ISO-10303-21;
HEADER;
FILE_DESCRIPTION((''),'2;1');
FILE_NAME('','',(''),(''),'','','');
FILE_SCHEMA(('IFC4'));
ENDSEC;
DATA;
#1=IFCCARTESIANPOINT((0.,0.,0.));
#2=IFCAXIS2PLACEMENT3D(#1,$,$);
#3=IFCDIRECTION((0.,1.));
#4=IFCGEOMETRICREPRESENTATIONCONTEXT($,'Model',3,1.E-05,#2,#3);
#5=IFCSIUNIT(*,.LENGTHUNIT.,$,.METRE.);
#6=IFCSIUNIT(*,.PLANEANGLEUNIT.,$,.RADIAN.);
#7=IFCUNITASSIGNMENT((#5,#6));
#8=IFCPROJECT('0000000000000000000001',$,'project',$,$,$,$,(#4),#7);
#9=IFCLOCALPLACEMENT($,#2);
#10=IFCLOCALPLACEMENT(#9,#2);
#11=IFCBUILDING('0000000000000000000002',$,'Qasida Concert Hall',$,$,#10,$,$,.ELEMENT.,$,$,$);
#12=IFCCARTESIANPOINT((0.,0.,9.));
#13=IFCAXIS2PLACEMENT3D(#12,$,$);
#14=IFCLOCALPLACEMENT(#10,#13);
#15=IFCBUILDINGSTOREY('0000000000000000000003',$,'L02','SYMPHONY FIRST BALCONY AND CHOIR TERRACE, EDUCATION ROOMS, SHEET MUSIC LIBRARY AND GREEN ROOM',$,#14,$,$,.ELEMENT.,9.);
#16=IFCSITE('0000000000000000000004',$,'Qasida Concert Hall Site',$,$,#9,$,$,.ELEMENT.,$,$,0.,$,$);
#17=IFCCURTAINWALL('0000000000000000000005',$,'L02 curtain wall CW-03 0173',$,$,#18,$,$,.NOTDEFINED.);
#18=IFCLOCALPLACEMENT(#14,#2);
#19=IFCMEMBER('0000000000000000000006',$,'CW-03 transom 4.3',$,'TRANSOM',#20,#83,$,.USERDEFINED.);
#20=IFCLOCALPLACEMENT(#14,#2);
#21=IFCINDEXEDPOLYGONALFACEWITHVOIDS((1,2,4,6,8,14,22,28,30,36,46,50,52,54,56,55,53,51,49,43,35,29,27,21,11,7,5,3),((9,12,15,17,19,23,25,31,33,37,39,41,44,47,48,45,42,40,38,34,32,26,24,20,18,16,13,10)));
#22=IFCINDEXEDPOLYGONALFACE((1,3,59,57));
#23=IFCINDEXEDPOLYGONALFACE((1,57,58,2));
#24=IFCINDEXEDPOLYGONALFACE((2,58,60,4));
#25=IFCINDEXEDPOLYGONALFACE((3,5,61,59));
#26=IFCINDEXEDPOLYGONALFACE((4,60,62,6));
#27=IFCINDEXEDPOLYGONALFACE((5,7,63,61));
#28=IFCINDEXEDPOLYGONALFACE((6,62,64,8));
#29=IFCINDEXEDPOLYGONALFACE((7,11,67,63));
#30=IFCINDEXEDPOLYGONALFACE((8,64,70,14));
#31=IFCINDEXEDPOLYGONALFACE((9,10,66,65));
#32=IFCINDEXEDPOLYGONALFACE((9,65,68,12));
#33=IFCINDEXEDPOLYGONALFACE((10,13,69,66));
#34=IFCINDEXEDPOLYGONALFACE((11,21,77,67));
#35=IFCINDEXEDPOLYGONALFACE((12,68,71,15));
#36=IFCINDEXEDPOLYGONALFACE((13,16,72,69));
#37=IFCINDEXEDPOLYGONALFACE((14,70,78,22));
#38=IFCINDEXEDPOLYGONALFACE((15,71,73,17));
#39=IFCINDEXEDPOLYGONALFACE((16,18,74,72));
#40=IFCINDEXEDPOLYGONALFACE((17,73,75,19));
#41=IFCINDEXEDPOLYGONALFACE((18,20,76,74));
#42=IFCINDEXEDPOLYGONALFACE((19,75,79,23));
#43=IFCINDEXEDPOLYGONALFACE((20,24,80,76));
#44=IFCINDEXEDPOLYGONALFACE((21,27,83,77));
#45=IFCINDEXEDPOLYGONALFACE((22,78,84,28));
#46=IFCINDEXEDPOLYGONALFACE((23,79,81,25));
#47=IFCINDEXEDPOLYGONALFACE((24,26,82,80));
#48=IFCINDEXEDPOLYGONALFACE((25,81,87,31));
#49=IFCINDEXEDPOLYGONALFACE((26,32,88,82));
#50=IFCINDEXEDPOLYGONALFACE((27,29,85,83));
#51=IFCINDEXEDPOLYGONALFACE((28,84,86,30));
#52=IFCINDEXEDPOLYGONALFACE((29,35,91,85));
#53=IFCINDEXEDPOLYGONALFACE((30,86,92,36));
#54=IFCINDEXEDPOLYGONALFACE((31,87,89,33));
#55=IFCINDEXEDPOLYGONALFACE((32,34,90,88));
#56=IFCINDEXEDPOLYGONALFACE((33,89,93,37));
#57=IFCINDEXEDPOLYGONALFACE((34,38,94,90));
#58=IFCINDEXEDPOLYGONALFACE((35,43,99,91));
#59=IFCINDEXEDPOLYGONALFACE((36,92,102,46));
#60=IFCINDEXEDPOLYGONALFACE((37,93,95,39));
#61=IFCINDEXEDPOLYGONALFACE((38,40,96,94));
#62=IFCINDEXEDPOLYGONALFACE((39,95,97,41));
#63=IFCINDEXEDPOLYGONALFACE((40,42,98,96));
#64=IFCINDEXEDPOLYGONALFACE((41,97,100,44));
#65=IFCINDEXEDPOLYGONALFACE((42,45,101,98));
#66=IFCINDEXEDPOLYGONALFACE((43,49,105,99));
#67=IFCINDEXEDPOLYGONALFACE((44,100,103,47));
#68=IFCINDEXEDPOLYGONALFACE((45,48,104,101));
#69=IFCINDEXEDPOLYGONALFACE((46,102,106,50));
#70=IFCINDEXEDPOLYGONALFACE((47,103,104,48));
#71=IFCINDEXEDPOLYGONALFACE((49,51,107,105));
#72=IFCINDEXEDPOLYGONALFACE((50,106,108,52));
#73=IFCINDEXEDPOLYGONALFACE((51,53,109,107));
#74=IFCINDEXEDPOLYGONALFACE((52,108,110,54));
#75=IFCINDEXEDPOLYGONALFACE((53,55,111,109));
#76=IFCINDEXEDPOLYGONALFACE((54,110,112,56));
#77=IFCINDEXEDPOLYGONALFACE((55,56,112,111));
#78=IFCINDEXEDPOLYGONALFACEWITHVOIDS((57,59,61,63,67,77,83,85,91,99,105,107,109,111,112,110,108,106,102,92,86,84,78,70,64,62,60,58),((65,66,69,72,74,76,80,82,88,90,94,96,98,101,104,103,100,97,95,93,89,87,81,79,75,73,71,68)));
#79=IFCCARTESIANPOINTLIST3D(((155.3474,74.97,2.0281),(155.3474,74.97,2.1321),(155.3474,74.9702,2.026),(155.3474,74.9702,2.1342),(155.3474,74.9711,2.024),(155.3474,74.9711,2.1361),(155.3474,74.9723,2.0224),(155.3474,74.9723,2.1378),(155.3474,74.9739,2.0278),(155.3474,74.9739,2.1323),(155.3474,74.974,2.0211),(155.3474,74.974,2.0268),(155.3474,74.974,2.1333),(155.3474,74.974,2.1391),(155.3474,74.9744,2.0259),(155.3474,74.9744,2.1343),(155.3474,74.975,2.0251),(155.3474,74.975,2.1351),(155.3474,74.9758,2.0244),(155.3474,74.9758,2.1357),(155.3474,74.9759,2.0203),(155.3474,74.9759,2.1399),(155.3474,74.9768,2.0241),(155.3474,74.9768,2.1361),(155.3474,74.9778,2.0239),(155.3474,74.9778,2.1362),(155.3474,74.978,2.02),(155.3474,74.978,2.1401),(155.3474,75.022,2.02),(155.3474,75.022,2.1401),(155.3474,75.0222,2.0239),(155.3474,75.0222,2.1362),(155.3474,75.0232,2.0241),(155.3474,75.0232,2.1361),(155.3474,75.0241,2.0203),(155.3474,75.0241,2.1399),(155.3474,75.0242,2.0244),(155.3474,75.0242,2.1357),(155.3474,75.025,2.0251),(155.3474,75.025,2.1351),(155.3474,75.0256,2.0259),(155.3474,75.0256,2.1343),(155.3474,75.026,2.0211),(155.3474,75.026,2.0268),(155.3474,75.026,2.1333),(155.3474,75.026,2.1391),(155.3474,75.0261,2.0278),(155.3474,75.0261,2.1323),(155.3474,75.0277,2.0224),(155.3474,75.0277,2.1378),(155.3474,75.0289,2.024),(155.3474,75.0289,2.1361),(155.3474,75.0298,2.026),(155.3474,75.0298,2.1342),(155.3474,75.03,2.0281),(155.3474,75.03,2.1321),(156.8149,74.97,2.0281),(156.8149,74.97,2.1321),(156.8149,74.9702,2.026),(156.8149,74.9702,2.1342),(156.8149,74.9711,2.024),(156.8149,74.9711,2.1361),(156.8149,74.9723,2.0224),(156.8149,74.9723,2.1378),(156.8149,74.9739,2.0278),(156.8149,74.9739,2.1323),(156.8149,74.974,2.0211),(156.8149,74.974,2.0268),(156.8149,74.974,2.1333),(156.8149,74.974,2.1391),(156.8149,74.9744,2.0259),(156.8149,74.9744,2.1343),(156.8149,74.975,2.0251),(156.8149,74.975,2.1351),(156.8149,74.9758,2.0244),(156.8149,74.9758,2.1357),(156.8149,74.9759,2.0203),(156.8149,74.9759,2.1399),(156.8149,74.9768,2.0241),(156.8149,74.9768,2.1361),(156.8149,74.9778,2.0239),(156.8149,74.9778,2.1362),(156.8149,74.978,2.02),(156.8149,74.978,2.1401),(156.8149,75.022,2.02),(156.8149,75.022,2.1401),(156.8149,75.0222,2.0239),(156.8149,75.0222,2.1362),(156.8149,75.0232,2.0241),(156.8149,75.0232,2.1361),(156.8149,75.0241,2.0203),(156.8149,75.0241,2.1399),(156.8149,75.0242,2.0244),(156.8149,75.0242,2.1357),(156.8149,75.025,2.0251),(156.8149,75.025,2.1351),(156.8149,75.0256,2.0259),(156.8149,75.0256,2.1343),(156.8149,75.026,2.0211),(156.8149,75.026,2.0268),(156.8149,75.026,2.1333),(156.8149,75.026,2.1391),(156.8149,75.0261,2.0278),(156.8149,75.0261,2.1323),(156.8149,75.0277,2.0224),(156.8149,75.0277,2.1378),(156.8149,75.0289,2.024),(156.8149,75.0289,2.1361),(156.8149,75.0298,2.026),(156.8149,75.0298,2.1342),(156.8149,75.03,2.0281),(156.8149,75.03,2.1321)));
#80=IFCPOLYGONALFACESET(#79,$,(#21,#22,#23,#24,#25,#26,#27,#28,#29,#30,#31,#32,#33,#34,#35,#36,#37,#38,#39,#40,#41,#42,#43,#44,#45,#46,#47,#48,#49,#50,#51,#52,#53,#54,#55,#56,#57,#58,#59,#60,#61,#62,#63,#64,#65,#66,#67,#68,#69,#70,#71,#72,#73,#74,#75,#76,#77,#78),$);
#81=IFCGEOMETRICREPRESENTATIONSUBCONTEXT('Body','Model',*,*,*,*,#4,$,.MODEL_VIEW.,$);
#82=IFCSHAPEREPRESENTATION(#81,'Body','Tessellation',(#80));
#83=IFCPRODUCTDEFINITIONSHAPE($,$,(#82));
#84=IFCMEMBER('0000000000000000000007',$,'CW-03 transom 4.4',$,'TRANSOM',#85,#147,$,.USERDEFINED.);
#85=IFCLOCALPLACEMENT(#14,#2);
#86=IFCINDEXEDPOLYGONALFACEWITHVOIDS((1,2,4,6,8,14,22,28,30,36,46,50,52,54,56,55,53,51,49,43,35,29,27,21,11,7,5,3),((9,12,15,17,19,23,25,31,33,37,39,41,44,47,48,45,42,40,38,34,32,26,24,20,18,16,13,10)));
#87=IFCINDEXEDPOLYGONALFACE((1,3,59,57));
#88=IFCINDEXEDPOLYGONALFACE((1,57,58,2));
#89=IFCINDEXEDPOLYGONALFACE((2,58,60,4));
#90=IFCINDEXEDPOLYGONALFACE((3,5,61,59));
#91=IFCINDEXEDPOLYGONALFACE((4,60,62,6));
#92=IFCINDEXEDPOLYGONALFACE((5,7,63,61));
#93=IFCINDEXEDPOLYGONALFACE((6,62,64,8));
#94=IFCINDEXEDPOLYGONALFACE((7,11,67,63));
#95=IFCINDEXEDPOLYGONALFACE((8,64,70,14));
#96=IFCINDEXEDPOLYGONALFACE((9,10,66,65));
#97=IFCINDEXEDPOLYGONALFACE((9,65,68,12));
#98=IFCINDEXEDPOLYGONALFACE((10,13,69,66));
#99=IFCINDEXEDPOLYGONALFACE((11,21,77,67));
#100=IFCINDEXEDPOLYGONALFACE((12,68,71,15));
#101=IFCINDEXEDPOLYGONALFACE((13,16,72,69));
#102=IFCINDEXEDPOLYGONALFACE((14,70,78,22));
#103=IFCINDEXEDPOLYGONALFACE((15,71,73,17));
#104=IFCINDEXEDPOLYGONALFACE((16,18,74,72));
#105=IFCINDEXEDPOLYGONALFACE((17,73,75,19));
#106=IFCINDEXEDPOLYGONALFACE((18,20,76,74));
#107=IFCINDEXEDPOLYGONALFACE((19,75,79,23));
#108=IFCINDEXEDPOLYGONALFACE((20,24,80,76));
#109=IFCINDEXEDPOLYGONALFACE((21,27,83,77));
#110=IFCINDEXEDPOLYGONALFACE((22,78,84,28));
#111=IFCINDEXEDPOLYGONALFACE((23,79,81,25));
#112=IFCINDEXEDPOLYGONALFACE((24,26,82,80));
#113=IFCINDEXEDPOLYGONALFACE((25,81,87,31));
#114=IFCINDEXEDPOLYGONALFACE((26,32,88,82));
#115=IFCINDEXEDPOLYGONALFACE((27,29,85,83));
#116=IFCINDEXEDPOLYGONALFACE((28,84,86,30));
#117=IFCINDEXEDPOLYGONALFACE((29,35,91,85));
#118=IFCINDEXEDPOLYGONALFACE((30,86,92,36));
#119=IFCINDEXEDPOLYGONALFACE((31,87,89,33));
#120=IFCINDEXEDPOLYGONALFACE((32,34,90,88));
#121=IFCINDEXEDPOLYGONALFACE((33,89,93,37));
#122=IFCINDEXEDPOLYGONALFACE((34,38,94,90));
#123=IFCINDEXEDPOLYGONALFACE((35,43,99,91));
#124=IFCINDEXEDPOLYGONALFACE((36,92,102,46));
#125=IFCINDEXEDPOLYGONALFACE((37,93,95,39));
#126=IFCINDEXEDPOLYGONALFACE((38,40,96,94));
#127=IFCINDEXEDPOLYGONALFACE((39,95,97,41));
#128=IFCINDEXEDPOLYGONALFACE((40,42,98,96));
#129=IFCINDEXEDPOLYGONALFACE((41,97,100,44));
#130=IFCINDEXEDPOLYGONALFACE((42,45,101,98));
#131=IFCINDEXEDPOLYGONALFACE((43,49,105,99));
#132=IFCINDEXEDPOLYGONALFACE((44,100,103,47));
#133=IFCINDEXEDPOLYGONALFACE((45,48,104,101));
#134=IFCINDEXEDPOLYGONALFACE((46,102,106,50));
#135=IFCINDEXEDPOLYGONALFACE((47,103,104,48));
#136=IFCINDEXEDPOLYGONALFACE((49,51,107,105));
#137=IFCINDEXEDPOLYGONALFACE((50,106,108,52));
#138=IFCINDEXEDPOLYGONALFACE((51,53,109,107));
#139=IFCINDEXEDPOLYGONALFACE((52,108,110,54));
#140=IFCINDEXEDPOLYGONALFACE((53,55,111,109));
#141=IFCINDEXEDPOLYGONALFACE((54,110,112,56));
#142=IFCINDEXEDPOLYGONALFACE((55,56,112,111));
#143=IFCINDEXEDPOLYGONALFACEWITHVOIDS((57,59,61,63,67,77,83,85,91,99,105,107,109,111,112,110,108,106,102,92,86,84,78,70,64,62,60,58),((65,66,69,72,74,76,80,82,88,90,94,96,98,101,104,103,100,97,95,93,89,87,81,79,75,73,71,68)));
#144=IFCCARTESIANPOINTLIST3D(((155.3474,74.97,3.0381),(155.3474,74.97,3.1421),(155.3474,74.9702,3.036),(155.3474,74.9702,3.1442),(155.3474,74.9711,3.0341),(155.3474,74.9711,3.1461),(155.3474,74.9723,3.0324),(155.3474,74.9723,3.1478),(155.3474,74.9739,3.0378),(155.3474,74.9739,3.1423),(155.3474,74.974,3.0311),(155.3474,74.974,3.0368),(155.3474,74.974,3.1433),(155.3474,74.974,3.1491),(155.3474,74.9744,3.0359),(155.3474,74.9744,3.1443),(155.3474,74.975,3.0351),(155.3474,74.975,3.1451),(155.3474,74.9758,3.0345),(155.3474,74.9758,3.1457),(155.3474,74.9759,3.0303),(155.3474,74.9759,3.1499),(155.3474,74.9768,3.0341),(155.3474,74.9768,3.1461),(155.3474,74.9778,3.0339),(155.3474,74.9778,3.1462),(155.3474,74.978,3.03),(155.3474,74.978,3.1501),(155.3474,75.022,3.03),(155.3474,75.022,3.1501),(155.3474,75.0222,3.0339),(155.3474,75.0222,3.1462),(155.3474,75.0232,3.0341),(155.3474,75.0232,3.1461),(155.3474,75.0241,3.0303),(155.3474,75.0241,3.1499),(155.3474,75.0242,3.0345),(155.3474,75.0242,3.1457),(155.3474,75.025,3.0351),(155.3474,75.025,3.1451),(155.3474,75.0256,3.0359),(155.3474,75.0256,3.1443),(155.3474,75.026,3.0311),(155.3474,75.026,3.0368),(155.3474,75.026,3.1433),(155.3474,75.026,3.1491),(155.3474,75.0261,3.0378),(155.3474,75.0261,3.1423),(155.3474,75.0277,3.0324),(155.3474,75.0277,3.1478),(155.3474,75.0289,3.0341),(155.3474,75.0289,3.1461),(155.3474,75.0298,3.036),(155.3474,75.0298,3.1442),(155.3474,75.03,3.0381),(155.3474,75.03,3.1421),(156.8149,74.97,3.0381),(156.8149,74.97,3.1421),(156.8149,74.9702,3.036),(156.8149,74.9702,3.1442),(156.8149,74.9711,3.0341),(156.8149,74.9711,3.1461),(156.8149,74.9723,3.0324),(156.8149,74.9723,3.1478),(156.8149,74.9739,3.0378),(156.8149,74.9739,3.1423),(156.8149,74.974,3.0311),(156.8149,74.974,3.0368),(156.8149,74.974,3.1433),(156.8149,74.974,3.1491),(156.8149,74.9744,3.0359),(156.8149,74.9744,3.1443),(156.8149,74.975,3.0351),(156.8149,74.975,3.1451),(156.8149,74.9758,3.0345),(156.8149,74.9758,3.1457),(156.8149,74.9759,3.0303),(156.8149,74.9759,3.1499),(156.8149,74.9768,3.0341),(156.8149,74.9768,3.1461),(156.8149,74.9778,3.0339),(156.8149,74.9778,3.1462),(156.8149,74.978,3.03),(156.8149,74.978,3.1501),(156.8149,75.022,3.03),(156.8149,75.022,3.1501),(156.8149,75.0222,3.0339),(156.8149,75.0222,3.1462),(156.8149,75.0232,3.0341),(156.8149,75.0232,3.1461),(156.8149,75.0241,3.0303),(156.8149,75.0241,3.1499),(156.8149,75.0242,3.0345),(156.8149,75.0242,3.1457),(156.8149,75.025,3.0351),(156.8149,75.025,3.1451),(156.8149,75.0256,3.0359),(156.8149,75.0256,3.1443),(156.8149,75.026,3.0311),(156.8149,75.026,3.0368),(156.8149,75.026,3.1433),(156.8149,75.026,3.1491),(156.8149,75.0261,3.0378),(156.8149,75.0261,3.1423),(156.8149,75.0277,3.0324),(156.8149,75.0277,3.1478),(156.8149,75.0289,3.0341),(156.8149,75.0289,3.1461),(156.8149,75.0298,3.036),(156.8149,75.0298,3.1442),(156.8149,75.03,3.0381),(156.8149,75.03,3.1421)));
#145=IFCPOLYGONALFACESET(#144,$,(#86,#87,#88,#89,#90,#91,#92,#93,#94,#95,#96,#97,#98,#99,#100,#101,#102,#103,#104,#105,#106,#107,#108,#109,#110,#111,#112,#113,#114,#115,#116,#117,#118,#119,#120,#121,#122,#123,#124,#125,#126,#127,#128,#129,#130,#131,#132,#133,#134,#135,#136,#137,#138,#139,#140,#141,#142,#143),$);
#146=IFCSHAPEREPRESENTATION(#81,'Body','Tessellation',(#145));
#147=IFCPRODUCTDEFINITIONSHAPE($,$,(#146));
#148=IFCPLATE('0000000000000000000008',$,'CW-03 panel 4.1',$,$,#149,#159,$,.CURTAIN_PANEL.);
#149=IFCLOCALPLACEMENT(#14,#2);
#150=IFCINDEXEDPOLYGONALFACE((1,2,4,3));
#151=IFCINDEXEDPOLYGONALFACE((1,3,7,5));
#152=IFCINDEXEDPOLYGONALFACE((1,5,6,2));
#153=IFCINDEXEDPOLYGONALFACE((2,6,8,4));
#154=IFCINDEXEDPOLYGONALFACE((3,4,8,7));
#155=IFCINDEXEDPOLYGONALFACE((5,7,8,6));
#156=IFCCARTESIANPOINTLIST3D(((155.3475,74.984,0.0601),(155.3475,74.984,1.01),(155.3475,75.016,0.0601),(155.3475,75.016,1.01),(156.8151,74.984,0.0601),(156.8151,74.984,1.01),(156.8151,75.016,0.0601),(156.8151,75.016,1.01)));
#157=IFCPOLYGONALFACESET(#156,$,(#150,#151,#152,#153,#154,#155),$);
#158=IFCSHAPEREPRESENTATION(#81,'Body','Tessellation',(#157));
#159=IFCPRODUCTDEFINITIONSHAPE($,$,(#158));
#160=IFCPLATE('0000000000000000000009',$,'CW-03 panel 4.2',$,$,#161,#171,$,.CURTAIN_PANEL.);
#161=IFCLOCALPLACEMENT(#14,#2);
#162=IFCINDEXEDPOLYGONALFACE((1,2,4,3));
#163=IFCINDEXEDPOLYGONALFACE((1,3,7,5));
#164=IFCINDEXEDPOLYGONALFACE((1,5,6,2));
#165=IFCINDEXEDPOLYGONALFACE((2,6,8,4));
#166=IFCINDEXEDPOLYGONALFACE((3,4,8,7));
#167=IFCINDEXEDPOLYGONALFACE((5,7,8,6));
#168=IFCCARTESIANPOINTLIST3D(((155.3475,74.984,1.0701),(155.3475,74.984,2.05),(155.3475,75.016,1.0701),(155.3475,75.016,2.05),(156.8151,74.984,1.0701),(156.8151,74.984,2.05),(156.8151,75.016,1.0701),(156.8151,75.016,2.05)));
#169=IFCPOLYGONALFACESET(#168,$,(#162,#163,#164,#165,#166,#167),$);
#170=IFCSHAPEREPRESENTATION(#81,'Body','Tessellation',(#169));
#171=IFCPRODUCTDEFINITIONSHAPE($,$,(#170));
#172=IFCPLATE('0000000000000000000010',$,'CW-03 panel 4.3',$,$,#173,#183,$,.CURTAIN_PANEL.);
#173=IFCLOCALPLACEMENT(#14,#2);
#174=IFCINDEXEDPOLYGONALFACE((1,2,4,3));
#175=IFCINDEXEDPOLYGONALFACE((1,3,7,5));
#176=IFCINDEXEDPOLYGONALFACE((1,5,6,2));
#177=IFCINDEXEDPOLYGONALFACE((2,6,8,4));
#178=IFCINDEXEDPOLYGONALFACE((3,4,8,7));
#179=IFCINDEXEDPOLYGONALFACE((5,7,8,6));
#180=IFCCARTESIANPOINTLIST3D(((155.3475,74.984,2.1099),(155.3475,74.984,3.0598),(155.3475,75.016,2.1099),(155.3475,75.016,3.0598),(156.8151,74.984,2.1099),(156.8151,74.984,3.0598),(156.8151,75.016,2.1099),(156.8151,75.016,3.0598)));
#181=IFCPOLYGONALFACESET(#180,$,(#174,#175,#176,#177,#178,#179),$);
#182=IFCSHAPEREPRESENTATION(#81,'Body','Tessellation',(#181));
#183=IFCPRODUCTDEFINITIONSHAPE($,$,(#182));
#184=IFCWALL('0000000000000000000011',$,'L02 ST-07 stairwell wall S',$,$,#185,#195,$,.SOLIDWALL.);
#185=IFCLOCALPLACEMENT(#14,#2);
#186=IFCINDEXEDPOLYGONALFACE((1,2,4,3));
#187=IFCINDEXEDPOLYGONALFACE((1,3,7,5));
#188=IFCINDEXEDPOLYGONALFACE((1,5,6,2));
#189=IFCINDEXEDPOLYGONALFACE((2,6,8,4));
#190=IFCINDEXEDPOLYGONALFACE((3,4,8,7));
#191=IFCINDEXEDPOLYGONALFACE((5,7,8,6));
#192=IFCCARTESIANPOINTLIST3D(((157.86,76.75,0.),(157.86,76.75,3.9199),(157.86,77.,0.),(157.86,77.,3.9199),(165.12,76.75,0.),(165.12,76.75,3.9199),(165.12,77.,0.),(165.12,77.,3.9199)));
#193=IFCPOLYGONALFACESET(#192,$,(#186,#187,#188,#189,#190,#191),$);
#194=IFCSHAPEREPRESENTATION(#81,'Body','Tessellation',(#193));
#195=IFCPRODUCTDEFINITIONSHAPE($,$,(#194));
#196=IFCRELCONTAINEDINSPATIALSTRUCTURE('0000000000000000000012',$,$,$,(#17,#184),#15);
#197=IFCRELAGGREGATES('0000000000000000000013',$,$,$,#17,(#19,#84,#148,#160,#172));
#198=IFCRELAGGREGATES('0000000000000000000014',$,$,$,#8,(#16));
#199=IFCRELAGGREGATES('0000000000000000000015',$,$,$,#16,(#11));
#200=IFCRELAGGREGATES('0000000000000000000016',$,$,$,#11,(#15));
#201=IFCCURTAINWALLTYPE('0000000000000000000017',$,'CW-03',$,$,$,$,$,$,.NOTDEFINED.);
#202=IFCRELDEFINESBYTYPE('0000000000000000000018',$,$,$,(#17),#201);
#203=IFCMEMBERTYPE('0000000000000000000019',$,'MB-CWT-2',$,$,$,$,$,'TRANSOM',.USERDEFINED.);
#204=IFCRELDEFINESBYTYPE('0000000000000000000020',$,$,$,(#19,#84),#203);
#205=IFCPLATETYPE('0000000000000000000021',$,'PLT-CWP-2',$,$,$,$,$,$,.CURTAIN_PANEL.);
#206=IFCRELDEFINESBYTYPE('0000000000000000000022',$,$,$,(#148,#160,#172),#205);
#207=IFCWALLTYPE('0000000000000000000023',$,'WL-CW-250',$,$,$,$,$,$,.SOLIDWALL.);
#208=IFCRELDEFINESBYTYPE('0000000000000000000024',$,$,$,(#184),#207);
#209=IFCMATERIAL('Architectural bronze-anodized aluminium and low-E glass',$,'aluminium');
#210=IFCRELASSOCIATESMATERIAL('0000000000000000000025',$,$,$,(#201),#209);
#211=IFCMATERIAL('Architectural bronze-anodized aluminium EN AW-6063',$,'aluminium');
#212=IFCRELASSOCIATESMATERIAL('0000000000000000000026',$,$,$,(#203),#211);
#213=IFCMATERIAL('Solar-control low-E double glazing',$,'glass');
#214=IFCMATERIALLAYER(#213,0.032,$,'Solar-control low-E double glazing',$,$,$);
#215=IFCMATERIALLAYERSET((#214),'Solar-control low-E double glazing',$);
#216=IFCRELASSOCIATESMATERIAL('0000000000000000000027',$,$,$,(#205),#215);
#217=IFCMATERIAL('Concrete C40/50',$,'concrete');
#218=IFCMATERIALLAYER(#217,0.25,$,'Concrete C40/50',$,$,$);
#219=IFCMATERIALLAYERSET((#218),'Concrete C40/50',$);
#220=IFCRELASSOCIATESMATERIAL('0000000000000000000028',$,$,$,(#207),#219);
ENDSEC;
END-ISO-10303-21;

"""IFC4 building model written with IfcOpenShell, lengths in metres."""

from ifc_helpers import new_model, si_unit, direction, frame, frame_2d, origin, origin_2d, place, context, subcontext, project, spatial, rectangle, hollow_rectangle, extrude, material, layer, layer_set, material_profile, profile_set, type_object, element, aggregate, save


model = new_model("IFC4")

# Units and contexts
model_context = context("Model", 3, precision=1e-05, world=origin(), true_north=direction((0.0, 1.0)))
body_context = subcontext(model_context, "Body", "Model", "MODEL_VIEW")
ifc_project = project(units=[si_unit("LENGTHUNIT", "METRE"), si_unit("PLANEANGLEUNIT", "RADIAN")], contexts=[model_context])

# Site, building, storey
site_placement = place(None, origin())
site = spatial("IfcSite", under=ifc_project, at=site_placement, Name="Qasida Concert Hall Site", CompositionType="ELEMENT", RefElevation=0.0)
building_placement = place(site_placement, origin())
building = spatial("IfcBuilding", under=site, at=building_placement, Name="Qasida Concert Hall", CompositionType="ELEMENT")
storey_placement = place(building_placement, frame((0.0, 0.0, 9.0)))
storey = spatial("IfcBuildingStorey", under=building, at=storey_placement, Name="L02", Description="SYMPHONY FIRST BALCONY AND CHOIR TERRACE, EDUCATION ROOMS, SHEET MUSIC LIBRARY AND GREEN ROOM", CompositionType="ELEMENT", Elevation=9.0)

# Shared definitions
ifc_material_1 = material(Name="Concrete C40/50", Category="concrete")

# Curtain wall, members, plates
ifc_material_2 = material(Name="Architectural bronze-anodized aluminium and low-E glass", Category="aluminium")
curtain_wall_type = type_object("IfcCurtainWallType", Name="CW-03", PredefinedType="NOTDEFINED", material=ifc_material_2)
curtain_wall_placement = place(storey_placement, origin())
curtain_wall = element("IfcCurtainWall", 1, at=curtain_wall_placement, inside=storey, type_object=curtain_wall_type, Name="L02 curtain wall CW-03 0173", PredefinedType="NOTDEFINED")
ifc_material_3 = material(Name="Architectural bronze-anodized aluminium EN AW-6063", Category="aluminium")
ifc_material_profile_1 = material_profile(ifc_material_3, hollow_rectangle(XDim=0.0601, YDim=0.1201, WallThickness=0.0039, InnerFilletRadius=0.0039, OuterFilletRadius=0.0081, at=origin_2d()), Name="CWT 120x60x4")
ifc_profile_set_1 = profile_set([ifc_material_profile_1], Name="Architectural bronze-anodized aluminium EN AW-6063")
member_type_1 = type_object("IfcMemberType", Name="MB-CWT-2", ElementType="TRANSOM", PredefinedType="USERDEFINED", material=ifc_profile_set_1)
member_1_placement = place(storey_placement, frame((155.3474, 75.0, 2.0801), z_axis=(1.0, 0.0, 0.0), x_axis=(0.0, 1.0, 0.0)))
member_1 = element("IfcMember", 2, at=member_1_placement, type_object=member_type_1, Name="CW-03 transom 4.3", ObjectType="TRANSOM", PredefinedType="USERDEFINED", context=body_context, shape_type="SweptSolid", body=[
    extrude(hollow_rectangle(XDim=0.0601, YDim=0.1201, WallThickness=0.0039, InnerFilletRadius=0.0039, OuterFilletRadius=0.0081, at=origin_2d()), origin(), (0.0, 0.0, 1.0), 1.4675),
])
member_2_placement = place(storey_placement, frame((155.3474, 75.0, 3.0901), z_axis=(1.0, 0.0, 0.0), x_axis=(0.0, 1.0, 0.0)))
member_2 = element("IfcMember", 3, at=member_2_placement, type_object=member_type_1, Name="CW-03 transom 4.4", ObjectType="TRANSOM", PredefinedType="USERDEFINED", context=body_context, shape_type="SweptSolid", body=[
    extrude(hollow_rectangle(XDim=0.0601, YDim=0.1201, WallThickness=0.0039, InnerFilletRadius=0.0039, OuterFilletRadius=0.0081, at=origin_2d()), origin(), (0.0, 0.0, 1.0), 1.4675),
])
ifc_material_4 = material(Name="Solar-control low-E double glazing", Category="glass")
ifc_layer_1 = layer(ifc_material_4, 0.032, Name="Solar-control low-E double glazing")
ifc_layer_set_1 = layer_set([ifc_layer_1], Name="Solar-control low-E double glazing")
plate_type = type_object("IfcPlateType", Name="PLT-CWP-2", PredefinedType="CURTAIN_PANEL", material=ifc_layer_set_1)
plate_1_placement = place(storey_placement, frame((156.0813, 75.0, 0.0601), z_axis=(0.0, 0.0, 1.0), x_axis=(1.0, 0.0, 0.0)))
plate_1 = element("IfcPlate", 4, at=plate_1_placement, type_object=plate_type, Name="CW-03 panel 4.1", PredefinedType="CURTAIN_PANEL", context=body_context, shape_type="SweptSolid", body=[
    extrude(rectangle(XDim=1.4675, YDim=0.032, at=origin_2d()), origin(), (0.0, 0.0, 1.0), 0.95),
])
plate_2_placement = place(storey_placement, frame((156.0813, 75.0, 1.0701), z_axis=(0.0, 0.0, 1.0), x_axis=(1.0, 0.0, 0.0)))
plate_2 = element("IfcPlate", 5, at=plate_2_placement, type_object=plate_type, Name="CW-03 panel 4.2", PredefinedType="CURTAIN_PANEL", context=body_context, shape_type="SweptSolid", body=[
    extrude(rectangle(XDim=1.4675, YDim=0.032, at=origin_2d()), origin(), (0.0, 0.0, 1.0), 0.98),
])
plate_3_placement = place(storey_placement, frame((156.0813, 75.0, 2.1099), z_axis=(0.0, 0.0, 1.0), x_axis=(1.0, 0.0, 0.0)))
plate_3 = element("IfcPlate", 6, at=plate_3_placement, type_object=plate_type, Name="CW-03 panel 4.3", PredefinedType="CURTAIN_PANEL", context=body_context, shape_type="SweptSolid", body=[
    extrude(rectangle(XDim=1.4675, YDim=0.032, at=origin_2d()), origin(), (0.0, 0.0, 1.0), 0.95),
])
aggregate(curtain_wall, [member_1, member_2, plate_1, plate_2, plate_3])

# Wall
ifc_layer_2 = layer(ifc_material_1, 0.25, Name="Concrete C40/50")
ifc_layer_set_2 = layer_set([ifc_layer_2], Name="Concrete C40/50")
wall_type_1 = type_object("IfcWallType", Name="WL-CW-250", PredefinedType="SOLIDWALL", material=ifc_layer_set_2)
wall_1_placement = place(storey_placement, frame((157.8601, 76.875, 0.0), z_axis=(0.0, 0.0, 1.0), x_axis=(1.0, 0.0, 0.0)))
element("IfcWall", 7, at=wall_1_placement, inside=storey, type_object=wall_type_1, Name="L02 ST-07 stairwell wall S", PredefinedType="SOLIDWALL", context=body_context, shape_type="SweptSolid", body=[
    extrude(rectangle(XDim=7.26, YDim=0.25, at=frame_2d((3.6299, 0.0))), origin(), (0.0, 0.0, 1.0), 3.9199),
])

save(model, "model.ifc")
